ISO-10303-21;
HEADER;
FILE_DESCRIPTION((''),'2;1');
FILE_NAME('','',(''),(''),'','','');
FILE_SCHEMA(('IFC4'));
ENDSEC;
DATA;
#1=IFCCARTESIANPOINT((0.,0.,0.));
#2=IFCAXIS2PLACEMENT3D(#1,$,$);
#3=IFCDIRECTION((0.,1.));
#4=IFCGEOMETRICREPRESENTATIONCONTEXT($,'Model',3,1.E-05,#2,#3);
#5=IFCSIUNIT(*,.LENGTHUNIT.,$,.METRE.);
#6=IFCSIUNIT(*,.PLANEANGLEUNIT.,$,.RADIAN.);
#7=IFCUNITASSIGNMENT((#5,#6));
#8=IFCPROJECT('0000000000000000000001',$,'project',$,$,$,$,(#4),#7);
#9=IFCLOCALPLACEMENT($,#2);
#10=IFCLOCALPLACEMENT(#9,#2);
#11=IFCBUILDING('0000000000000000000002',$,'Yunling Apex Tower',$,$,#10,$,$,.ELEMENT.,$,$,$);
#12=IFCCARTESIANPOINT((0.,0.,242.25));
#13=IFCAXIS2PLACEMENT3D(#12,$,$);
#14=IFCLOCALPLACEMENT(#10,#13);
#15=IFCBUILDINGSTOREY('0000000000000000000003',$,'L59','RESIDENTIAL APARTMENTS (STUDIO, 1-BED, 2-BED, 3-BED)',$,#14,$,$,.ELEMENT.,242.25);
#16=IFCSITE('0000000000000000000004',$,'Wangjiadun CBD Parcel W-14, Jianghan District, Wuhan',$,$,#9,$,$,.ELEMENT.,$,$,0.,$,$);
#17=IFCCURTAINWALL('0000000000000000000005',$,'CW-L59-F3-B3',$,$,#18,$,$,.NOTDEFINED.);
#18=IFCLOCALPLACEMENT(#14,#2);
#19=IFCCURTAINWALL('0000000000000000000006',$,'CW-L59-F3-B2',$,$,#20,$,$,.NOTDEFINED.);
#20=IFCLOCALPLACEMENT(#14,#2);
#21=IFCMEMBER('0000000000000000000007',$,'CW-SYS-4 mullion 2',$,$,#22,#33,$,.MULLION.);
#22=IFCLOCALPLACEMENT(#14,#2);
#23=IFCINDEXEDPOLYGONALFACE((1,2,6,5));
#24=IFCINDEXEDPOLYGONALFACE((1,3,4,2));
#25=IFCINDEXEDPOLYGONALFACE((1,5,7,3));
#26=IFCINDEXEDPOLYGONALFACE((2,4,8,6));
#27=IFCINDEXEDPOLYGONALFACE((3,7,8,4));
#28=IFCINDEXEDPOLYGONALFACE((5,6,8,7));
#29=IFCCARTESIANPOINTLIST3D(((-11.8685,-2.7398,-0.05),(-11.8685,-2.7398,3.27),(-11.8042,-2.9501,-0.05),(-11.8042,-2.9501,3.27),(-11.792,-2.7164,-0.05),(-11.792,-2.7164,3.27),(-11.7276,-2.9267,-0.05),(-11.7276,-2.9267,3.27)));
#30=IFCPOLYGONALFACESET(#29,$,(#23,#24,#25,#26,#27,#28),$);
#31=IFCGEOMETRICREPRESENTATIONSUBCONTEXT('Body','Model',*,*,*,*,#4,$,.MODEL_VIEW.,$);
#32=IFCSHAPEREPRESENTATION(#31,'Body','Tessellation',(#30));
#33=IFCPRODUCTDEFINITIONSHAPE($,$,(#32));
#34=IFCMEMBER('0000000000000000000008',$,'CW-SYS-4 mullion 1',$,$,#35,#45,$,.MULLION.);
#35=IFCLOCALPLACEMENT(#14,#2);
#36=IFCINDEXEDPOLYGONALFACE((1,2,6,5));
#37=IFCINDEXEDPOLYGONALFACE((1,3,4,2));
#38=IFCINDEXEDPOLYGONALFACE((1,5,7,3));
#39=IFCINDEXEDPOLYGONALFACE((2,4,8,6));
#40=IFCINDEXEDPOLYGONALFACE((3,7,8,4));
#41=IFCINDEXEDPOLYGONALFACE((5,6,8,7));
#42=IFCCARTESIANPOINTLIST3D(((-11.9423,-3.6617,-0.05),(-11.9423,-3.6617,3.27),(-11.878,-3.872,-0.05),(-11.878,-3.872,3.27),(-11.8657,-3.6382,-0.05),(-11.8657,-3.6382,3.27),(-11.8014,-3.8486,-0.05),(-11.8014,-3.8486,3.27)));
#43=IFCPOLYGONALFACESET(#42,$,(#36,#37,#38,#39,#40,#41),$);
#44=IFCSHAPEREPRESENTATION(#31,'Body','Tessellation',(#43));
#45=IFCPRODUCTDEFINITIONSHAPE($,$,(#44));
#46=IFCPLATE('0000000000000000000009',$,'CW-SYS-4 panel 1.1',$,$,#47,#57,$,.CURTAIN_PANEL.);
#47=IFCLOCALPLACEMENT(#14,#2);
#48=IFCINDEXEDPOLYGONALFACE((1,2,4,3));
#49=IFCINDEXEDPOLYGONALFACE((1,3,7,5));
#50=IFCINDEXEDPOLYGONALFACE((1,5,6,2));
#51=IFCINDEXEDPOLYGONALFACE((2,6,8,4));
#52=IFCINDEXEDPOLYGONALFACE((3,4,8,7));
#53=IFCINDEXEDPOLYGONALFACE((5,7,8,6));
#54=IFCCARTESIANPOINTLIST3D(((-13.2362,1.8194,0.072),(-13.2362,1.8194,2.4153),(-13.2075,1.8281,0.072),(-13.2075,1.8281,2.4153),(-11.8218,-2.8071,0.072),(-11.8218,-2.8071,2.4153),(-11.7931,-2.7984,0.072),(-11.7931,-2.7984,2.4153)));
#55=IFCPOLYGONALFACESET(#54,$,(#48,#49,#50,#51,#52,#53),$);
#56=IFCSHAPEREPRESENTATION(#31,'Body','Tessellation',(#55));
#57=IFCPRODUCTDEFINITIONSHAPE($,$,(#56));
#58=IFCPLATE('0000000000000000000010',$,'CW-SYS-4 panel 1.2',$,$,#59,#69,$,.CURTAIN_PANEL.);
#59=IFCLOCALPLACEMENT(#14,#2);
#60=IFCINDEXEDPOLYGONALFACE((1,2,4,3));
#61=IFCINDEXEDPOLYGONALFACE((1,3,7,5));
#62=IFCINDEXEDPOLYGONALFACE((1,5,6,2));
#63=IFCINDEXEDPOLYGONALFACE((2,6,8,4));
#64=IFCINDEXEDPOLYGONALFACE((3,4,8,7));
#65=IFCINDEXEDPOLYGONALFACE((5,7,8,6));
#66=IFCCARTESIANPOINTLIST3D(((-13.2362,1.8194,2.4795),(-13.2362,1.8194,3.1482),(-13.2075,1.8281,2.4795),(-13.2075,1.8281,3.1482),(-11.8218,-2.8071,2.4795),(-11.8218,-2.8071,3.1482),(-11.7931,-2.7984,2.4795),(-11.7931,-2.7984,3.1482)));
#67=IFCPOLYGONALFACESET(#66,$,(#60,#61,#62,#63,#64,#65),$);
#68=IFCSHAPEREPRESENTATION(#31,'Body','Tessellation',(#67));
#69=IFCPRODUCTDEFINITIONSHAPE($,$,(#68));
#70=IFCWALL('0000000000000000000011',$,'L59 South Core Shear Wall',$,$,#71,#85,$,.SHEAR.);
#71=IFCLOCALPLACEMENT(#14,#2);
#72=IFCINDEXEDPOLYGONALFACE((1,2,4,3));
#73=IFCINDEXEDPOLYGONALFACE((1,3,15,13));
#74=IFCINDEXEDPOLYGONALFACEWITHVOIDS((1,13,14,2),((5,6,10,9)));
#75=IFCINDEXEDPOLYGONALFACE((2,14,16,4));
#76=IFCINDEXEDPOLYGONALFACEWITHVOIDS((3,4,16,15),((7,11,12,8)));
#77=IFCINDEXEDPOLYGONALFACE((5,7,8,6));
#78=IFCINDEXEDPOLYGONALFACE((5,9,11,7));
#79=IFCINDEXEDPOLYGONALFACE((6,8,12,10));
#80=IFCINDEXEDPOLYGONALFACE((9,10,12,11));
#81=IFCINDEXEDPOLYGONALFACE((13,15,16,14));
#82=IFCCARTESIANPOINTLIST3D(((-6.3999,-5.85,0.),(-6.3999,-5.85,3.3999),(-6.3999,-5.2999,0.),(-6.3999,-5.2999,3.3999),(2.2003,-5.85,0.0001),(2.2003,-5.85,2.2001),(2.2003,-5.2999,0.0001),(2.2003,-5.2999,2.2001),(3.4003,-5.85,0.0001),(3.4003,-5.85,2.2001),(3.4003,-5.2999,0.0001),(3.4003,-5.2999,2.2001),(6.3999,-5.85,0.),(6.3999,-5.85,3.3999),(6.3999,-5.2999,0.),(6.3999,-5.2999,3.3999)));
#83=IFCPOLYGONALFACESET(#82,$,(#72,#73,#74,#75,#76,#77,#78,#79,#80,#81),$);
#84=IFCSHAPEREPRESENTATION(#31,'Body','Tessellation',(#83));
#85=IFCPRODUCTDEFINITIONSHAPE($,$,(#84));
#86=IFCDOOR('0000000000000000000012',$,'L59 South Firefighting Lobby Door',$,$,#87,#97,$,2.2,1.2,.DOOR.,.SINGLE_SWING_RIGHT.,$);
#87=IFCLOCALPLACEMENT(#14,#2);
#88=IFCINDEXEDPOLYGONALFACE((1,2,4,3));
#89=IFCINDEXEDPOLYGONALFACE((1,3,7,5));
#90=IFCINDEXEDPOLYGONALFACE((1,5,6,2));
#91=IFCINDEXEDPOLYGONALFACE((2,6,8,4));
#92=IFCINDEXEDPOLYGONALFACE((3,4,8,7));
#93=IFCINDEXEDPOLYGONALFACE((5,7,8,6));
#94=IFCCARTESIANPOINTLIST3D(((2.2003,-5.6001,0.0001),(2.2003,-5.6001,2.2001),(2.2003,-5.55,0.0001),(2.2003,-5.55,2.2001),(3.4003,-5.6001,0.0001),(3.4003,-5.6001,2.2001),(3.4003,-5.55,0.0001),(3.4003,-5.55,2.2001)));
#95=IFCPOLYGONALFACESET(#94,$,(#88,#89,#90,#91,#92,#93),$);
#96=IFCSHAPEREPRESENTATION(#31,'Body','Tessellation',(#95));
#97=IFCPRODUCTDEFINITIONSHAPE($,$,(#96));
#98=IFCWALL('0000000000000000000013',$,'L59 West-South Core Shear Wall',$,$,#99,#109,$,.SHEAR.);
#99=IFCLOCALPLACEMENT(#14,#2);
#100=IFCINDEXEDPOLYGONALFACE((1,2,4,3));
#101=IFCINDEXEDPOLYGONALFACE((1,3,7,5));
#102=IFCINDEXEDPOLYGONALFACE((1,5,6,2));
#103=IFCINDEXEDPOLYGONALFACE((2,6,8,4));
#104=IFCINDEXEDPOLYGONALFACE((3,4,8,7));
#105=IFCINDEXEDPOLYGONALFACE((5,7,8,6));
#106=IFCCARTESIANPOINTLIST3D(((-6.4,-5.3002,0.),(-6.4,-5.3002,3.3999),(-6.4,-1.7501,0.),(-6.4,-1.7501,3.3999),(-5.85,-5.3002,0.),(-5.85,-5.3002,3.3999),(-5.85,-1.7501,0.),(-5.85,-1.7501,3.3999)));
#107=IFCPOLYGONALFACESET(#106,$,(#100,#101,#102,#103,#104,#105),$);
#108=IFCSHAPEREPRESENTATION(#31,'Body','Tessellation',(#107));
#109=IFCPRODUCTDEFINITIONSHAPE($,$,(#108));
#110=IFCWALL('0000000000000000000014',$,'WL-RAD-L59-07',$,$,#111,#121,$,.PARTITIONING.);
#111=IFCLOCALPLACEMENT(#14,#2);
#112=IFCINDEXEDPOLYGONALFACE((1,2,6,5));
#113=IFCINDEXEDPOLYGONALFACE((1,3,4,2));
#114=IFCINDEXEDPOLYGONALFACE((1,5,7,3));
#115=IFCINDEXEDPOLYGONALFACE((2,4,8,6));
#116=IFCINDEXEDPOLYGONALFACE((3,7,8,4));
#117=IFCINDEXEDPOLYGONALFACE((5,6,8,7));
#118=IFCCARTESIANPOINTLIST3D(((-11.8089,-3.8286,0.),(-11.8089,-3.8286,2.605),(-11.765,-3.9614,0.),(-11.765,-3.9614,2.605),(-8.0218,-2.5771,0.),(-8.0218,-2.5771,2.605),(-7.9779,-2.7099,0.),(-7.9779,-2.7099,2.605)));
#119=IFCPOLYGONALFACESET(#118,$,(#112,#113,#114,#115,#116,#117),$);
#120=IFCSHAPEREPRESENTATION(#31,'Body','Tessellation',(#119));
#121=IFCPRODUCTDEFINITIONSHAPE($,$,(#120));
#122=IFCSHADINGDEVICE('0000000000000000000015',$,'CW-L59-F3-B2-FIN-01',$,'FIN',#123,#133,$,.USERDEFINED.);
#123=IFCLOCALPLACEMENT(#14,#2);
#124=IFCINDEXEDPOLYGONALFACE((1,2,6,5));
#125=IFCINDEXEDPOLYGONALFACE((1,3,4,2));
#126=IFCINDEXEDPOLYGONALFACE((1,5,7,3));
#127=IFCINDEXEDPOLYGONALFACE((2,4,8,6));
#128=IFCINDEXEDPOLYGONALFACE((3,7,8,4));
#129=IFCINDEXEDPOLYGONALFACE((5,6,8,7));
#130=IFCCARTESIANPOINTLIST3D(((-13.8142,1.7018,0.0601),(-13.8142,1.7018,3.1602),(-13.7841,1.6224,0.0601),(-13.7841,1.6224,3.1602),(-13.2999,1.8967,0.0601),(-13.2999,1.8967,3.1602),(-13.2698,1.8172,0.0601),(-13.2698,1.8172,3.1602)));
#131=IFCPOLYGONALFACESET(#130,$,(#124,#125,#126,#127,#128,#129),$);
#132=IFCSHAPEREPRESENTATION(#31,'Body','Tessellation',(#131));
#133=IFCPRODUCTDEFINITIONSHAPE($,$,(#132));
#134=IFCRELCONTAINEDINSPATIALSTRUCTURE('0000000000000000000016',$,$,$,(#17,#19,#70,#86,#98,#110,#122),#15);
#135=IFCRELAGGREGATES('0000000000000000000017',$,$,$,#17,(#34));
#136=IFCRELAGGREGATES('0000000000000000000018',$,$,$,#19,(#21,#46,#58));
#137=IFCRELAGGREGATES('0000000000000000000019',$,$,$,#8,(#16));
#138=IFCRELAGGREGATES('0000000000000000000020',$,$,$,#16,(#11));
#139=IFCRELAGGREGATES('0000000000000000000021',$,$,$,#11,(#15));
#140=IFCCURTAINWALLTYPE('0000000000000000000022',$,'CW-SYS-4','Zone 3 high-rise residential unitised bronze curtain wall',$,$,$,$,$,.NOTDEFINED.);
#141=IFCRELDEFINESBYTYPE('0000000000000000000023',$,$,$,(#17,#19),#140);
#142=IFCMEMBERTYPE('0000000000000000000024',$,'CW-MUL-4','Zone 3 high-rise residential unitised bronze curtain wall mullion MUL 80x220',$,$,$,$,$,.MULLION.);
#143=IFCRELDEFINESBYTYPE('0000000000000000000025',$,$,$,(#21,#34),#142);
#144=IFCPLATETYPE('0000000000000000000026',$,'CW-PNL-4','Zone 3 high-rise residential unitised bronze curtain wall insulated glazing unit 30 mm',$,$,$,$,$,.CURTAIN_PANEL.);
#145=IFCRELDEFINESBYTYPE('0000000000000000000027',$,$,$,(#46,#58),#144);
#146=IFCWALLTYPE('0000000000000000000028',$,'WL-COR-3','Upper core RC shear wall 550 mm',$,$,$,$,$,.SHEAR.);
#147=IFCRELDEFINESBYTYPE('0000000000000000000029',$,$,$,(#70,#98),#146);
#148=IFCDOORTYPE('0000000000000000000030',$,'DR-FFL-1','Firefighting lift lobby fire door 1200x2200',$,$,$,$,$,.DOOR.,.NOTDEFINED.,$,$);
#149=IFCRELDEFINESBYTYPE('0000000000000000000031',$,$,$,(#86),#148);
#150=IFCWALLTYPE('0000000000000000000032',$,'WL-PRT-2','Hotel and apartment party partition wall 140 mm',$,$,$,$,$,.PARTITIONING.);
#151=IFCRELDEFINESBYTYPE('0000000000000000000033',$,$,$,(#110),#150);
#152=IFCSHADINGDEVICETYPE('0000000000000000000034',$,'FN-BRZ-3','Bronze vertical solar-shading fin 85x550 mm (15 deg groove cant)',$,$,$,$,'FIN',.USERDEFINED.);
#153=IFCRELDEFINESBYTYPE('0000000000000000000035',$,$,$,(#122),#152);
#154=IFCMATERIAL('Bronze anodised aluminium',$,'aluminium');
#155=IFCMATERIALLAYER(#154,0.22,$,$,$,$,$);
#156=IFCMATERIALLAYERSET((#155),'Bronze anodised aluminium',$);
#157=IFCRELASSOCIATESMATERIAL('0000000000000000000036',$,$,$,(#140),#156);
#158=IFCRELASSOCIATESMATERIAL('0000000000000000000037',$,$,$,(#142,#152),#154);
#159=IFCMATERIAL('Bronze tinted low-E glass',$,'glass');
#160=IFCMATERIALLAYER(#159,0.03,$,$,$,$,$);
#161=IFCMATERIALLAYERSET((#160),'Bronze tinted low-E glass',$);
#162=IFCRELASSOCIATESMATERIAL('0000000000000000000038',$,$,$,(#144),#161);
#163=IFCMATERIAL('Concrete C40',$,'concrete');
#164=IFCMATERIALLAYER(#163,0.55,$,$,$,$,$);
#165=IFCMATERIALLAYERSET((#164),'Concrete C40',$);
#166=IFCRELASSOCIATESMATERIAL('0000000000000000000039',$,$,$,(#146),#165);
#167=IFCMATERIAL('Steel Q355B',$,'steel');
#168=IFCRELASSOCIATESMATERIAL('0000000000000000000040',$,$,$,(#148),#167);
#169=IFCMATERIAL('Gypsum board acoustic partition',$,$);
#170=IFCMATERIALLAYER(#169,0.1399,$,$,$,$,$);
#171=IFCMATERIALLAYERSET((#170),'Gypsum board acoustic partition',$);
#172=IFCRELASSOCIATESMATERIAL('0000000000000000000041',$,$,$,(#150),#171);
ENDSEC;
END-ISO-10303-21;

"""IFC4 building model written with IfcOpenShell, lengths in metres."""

from ifc_helpers import new_model, si_unit, direction, frame, frame_2d, origin, origin_2d, place, context, subcontext, project, spatial, rectangle, extrude, source, transform, mapped, material, layer, layer_set, material_profile, profile_set, type_object, element, fill, aggregate, save


model = new_model("IFC4")

# Units and contexts
model_context = context("Model", 3, precision=1e-05, world=origin(), true_north=direction((0.0, 1.0)))
body_context = subcontext(model_context, "Body", "Model", "MODEL_VIEW")
ifc_project = project(units=[si_unit("LENGTHUNIT", "METRE"), si_unit("PLANEANGLEUNIT", "RADIAN")], contexts=[model_context])

# Site, building, storey
site_placement = place(None, origin())
site = spatial("IfcSite", under=ifc_project, at=site_placement, Name="Wangjiadun CBD Parcel W-14, Jianghan District, Wuhan", CompositionType="ELEMENT", RefElevation=0.0)
building_placement = place(site_placement, origin())
building = spatial("IfcBuilding", under=site, at=building_placement, Name="Yunling Apex Tower", CompositionType="ELEMENT")
storey_placement = place(building_placement, frame((0.0, 0.0, 242.25)))
storey = spatial("IfcBuildingStorey", under=building, at=storey_placement, Name="L59", Description="RESIDENTIAL APARTMENTS (STUDIO, 1-BED, 2-BED, 3-BED)", CompositionType="ELEMENT", Elevation=242.25)

# Shared definitions
ifc_material_1 = material(Name="Steel Q355B", Category="steel")

# Curtain wall
ifc_material_2 = material(Name="Bronze anodised aluminium", Category="aluminium")
ifc_layer_1 = layer(ifc_material_2, 0.22)
ifc_layer_set_1 = layer_set([ifc_layer_1], Name="Bronze anodised aluminium")
curtain_wall_type = type_object("IfcCurtainWallType", Name="CW-SYS-4", Description="Zone 3 high-rise residential unitised bronze curtain wall", PredefinedType="NOTDEFINED", material=ifc_layer_set_1)
curtain_wall_1_placement = place(storey_placement, origin())
curtain_wall_1 = element("IfcCurtainWall", 1, at=curtain_wall_1_placement, inside=storey, type_object=curtain_wall_type, Name="CW-L59-F3-B3", PredefinedType="NOTDEFINED")

# Curtain wall, member
curtain_wall_2_placement = place(storey_placement, origin())
curtain_wall_2 = element("IfcCurtainWall", 2, at=curtain_wall_2_placement, inside=storey, type_object=curtain_wall_type, Name="CW-L59-F3-B2", PredefinedType="NOTDEFINED")
ifc_material_profile_1 = material_profile(ifc_material_2, rectangle(XDim=0.0801, YDim=0.22, at=origin_2d()))
ifc_profile_set_1 = profile_set([ifc_material_profile_1], Name="Bronze anodised aluminium")
member_type_1 = type_object("IfcMemberType", Name="CW-MUL-4", Description="Zone 3 high-rise residential unitised bronze curtain wall mullion MUL 80x220", PredefinedType="MULLION", material=ifc_profile_set_1)
shared_shape_1 = source(origin(), body_context, "Body", "SweptSolid", [
    extrude(rectangle(XDim=0.0801, YDim=0.22, at=origin_2d()), origin(), (0.0, 0.0, 1.0), 3.3201),
])
member_1_placement = place(storey_placement, frame((-11.7981, -2.8333, -0.05), z_axis=(0.0, 0.0, 1.0), x_axis=(0.956304, 0.292373, 0.0)))
member_1 = element("IfcMember", 3, at=member_1_placement, type_object=member_type_1, Name="CW-SYS-4 mullion 2", PredefinedType="MULLION", context=body_context, shape_type="MappedRepresentation", body=[
    mapped(shared_shape_1, transform((0.0, 0.0, 0.0), scale=1.0)),
])

# Member
member_2_placement = place(storey_placement, frame((-11.8718, -3.7551, -0.05), z_axis=(0.0, 0.0, 1.0), x_axis=(0.956305, 0.292372, 0.0)))
member_2 = element("IfcMember", 4, at=member_2_placement, type_object=member_type_1, Name="CW-SYS-4 mullion 1", PredefinedType="MULLION", context=body_context, shape_type="MappedRepresentation", body=[
    mapped(shared_shape_1, transform((0.0, 0.0, 0.0), scale=1.0)),
])
aggregate(curtain_wall_1, [member_2])

# Plates
ifc_material_3 = material(Name="Bronze tinted low-E glass", Category="glass")
ifc_layer_2 = layer(ifc_material_3, 0.03)
ifc_layer_set_2 = layer_set([ifc_layer_2], Name="Bronze tinted low-E glass")
plate_type = type_object("IfcPlateType", Name="CW-PNL-4", Description="Zone 3 high-rise residential unitised bronze curtain wall insulated glazing unit 30 mm", PredefinedType="CURTAIN_PANEL", material=ifc_layer_set_2)
shared_shape_2 = source(origin(), body_context, "Body", "SweptSolid", [
    extrude(rectangle(XDim=4.8379, YDim=0.03, at=origin_2d()), origin(), (0.0, 0.0, 1.0), 2.3433),
])
plate_1_placement = place(storey_placement, frame((-12.5146, -0.4895, 0.072), z_axis=(0.0, 0.0, 1.0), x_axis=(0.292373, -0.956304, 0.0)))
plate_1 = element("IfcPlate", 5, at=plate_1_placement, type_object=plate_type, Name="CW-SYS-4 panel 1.1", PredefinedType="CURTAIN_PANEL", context=body_context, shape_type="MappedRepresentation", body=[
    mapped(shared_shape_2, transform((0.0, 0.0, 0.0), scale=1.0)),
])
shared_shape_3 = source(origin(), body_context, "Body", "SweptSolid", [
    extrude(rectangle(XDim=4.8379, YDim=0.03, at=origin_2d()), origin(), (0.0, 0.0, 1.0), 0.6687),
])
plate_2_placement = place(storey_placement, frame((-12.5146, -0.4895, 2.4795), z_axis=(0.0, 0.0, 1.0), x_axis=(0.292373, -0.956304, 0.0)))
plate_2 = element("IfcPlate", 6, at=plate_2_placement, type_object=plate_type, Name="CW-SYS-4 panel 1.2", PredefinedType="CURTAIN_PANEL", context=body_context, shape_type="MappedRepresentation", body=[
    mapped(shared_shape_3, transform((0.0, 0.0, 0.0), scale=1.0)),
])
aggregate(curtain_wall_2, [member_1, plate_1, plate_2])

# Wall, opening, door
ifc_material_4 = material(Name="Concrete C40", Category="concrete")
ifc_layer_3 = layer(ifc_material_4, 0.55)
ifc_layer_set_3 = layer_set([ifc_layer_3], Name="Concrete C40")
wall_type_1 = type_object("IfcWallType", Name="WL-COR-3", Description="Upper core RC shear wall 550 mm", PredefinedType="SHEAR", material=ifc_layer_set_3)
wall_1_placement = place(storey_placement, frame((-6.3999, -5.575, 0.0), z_axis=(0.0, 0.0, 1.0), x_axis=(1.0, 0.0, 0.0)))
wall_1 = element("IfcWall", 7, at=wall_1_placement, inside=storey, type_object=wall_type_1, Name="L59 South Core Shear Wall", PredefinedType="SHEAR", context=body_context, shape_type="SweptSolid", body=[
    extrude(rectangle(XDim=12.7998, YDim=0.55, at=frame_2d((6.3999, 0.0))), origin(), (0.0, 0.0, 1.0), 3.3999),
])
opening_placement = place(wall_1_placement, frame((8.6001, 0.0, 0.0)))
opening = element("IfcOpeningElement", 8, at=opening_placement, cuts=wall_1, PredefinedType="OPENING", context=body_context, shape_type="SweptSolid", body=[
    extrude(rectangle(XDim=1.2, YDim=2.2, at=frame_2d((0.6001, 1.1001))), frame((0.0, 0.2852, 0.0), z_axis=(0.0, -1.0, 0.0), x_axis=(1.0, 0.0, 0.0)), (0.0, 0.0, 1.0), 0.5701),
])
door_type = type_object("IfcDoorType", Name="DR-FFL-1", Description="Firefighting lift lobby fire door 1200x2200", OperationType="NOTDEFINED", PredefinedType="DOOR", material=ifc_material_1)
door_placement = place(opening_placement, origin())
door = element("IfcDoor", 9, at=door_placement, inside=storey, type_object=door_type, Name="L59 South Firefighting Lobby Door", OperationType="SINGLE_SWING_RIGHT", OverallHeight=2.2, OverallWidth=1.2, PredefinedType="DOOR", context=body_context, shape_type="SweptSolid", body=[
    extrude(rectangle(XDim=1.2, YDim=2.2, at=frame_2d((0.6001, 1.1001))), frame((0.0, 0.0249, 0.0), z_axis=(0.0, -1.0, 0.0), x_axis=(1.0, 0.0, 0.0)), (0.0, 0.0, 1.0), 0.05),
])
fill(opening, door)

# Walls
wall_2_placement = place(storey_placement, frame((-6.125, -5.3, 0.0), z_axis=(0.0, 0.0, 1.0), x_axis=(0.0, 1.0, 0.0)))
element("IfcWall", 10, at=wall_2_placement, inside=storey, type_object=wall_type_1, Name="L59 West-South Core Shear Wall", PredefinedType="SHEAR", context=body_context, shape_type="SweptSolid", body=[
    extrude(rectangle(XDim=3.55, YDim=0.55, at=frame_2d((1.7749, 0.0))), origin(), (0.0, 0.0, 1.0), 3.3999),
])
ifc_material_5 = material(Name="Gypsum board acoustic partition")
ifc_layer_4 = layer(ifc_material_5, 0.1399)
ifc_layer_set_4 = layer_set([ifc_layer_4], Name="Gypsum board acoustic partition")
wall_type_2 = type_object("IfcWallType", Name="WL-PRT-2", Description="Hotel and apartment party partition wall 140 mm", PredefinedType="PARTITIONING", material=ifc_layer_set_4)
wall_3_placement = place(storey_placement, frame((-8.0, -2.6436, 0.0), z_axis=(0.0, 0.0, 1.0), x_axis=(-0.9495, -0.313766, 0.0)))
element("IfcWall", 11, at=wall_3_placement, inside=storey, type_object=wall_type_2, Name="WL-RAD-L59-07", PredefinedType="PARTITIONING", context=body_context, shape_type="SweptSolid", body=[
    extrude(rectangle(XDim=3.9885, YDim=0.1399, at=frame_2d((1.9941, 0.0))), origin(), (0.0, 0.0, 1.0), 2.605),
])

# Shading device
ifc_material_profile_2 = material_profile(ifc_material_2, rectangle(XDim=0.085, YDim=0.55, at=origin_2d()))
ifc_profile_set_2 = profile_set([ifc_material_profile_2], Name="Bronze anodised aluminium")
shading_device_type = type_object("IfcShadingDeviceType", Name="FN-BRZ-3", Description="Bronze vertical solar-shading fin 85x550 mm (15 deg groove cant)", ElementType="FIN", PredefinedType="USERDEFINED", material=ifc_profile_set_2)
shared_shape_4 = source(origin(), body_context, "Body", "SweptSolid", [
    extrude(rectangle(XDim=0.085, YDim=0.55, at=origin_2d()), origin(), (0.0, 0.0, 1.0), 3.1001),
])
shading_device_placement = place(storey_placement, frame((-13.542, 1.7595, 0.0601), z_axis=(0.0, 0.0, 1.0), x_axis=(0.354291, -0.935135, 0.0)))
element("IfcShadingDevice", 12, at=shading_device_placement, inside=storey, type_object=shading_device_type, Name="CW-L59-F3-B2-FIN-01", ObjectType="FIN", PredefinedType="USERDEFINED", context=body_context, shape_type="MappedRepresentation", body=[
    mapped(shared_shape_4, transform((0.0, 0.0, 0.0), scale=1.0)),
])

save(model, "model.ifc")
